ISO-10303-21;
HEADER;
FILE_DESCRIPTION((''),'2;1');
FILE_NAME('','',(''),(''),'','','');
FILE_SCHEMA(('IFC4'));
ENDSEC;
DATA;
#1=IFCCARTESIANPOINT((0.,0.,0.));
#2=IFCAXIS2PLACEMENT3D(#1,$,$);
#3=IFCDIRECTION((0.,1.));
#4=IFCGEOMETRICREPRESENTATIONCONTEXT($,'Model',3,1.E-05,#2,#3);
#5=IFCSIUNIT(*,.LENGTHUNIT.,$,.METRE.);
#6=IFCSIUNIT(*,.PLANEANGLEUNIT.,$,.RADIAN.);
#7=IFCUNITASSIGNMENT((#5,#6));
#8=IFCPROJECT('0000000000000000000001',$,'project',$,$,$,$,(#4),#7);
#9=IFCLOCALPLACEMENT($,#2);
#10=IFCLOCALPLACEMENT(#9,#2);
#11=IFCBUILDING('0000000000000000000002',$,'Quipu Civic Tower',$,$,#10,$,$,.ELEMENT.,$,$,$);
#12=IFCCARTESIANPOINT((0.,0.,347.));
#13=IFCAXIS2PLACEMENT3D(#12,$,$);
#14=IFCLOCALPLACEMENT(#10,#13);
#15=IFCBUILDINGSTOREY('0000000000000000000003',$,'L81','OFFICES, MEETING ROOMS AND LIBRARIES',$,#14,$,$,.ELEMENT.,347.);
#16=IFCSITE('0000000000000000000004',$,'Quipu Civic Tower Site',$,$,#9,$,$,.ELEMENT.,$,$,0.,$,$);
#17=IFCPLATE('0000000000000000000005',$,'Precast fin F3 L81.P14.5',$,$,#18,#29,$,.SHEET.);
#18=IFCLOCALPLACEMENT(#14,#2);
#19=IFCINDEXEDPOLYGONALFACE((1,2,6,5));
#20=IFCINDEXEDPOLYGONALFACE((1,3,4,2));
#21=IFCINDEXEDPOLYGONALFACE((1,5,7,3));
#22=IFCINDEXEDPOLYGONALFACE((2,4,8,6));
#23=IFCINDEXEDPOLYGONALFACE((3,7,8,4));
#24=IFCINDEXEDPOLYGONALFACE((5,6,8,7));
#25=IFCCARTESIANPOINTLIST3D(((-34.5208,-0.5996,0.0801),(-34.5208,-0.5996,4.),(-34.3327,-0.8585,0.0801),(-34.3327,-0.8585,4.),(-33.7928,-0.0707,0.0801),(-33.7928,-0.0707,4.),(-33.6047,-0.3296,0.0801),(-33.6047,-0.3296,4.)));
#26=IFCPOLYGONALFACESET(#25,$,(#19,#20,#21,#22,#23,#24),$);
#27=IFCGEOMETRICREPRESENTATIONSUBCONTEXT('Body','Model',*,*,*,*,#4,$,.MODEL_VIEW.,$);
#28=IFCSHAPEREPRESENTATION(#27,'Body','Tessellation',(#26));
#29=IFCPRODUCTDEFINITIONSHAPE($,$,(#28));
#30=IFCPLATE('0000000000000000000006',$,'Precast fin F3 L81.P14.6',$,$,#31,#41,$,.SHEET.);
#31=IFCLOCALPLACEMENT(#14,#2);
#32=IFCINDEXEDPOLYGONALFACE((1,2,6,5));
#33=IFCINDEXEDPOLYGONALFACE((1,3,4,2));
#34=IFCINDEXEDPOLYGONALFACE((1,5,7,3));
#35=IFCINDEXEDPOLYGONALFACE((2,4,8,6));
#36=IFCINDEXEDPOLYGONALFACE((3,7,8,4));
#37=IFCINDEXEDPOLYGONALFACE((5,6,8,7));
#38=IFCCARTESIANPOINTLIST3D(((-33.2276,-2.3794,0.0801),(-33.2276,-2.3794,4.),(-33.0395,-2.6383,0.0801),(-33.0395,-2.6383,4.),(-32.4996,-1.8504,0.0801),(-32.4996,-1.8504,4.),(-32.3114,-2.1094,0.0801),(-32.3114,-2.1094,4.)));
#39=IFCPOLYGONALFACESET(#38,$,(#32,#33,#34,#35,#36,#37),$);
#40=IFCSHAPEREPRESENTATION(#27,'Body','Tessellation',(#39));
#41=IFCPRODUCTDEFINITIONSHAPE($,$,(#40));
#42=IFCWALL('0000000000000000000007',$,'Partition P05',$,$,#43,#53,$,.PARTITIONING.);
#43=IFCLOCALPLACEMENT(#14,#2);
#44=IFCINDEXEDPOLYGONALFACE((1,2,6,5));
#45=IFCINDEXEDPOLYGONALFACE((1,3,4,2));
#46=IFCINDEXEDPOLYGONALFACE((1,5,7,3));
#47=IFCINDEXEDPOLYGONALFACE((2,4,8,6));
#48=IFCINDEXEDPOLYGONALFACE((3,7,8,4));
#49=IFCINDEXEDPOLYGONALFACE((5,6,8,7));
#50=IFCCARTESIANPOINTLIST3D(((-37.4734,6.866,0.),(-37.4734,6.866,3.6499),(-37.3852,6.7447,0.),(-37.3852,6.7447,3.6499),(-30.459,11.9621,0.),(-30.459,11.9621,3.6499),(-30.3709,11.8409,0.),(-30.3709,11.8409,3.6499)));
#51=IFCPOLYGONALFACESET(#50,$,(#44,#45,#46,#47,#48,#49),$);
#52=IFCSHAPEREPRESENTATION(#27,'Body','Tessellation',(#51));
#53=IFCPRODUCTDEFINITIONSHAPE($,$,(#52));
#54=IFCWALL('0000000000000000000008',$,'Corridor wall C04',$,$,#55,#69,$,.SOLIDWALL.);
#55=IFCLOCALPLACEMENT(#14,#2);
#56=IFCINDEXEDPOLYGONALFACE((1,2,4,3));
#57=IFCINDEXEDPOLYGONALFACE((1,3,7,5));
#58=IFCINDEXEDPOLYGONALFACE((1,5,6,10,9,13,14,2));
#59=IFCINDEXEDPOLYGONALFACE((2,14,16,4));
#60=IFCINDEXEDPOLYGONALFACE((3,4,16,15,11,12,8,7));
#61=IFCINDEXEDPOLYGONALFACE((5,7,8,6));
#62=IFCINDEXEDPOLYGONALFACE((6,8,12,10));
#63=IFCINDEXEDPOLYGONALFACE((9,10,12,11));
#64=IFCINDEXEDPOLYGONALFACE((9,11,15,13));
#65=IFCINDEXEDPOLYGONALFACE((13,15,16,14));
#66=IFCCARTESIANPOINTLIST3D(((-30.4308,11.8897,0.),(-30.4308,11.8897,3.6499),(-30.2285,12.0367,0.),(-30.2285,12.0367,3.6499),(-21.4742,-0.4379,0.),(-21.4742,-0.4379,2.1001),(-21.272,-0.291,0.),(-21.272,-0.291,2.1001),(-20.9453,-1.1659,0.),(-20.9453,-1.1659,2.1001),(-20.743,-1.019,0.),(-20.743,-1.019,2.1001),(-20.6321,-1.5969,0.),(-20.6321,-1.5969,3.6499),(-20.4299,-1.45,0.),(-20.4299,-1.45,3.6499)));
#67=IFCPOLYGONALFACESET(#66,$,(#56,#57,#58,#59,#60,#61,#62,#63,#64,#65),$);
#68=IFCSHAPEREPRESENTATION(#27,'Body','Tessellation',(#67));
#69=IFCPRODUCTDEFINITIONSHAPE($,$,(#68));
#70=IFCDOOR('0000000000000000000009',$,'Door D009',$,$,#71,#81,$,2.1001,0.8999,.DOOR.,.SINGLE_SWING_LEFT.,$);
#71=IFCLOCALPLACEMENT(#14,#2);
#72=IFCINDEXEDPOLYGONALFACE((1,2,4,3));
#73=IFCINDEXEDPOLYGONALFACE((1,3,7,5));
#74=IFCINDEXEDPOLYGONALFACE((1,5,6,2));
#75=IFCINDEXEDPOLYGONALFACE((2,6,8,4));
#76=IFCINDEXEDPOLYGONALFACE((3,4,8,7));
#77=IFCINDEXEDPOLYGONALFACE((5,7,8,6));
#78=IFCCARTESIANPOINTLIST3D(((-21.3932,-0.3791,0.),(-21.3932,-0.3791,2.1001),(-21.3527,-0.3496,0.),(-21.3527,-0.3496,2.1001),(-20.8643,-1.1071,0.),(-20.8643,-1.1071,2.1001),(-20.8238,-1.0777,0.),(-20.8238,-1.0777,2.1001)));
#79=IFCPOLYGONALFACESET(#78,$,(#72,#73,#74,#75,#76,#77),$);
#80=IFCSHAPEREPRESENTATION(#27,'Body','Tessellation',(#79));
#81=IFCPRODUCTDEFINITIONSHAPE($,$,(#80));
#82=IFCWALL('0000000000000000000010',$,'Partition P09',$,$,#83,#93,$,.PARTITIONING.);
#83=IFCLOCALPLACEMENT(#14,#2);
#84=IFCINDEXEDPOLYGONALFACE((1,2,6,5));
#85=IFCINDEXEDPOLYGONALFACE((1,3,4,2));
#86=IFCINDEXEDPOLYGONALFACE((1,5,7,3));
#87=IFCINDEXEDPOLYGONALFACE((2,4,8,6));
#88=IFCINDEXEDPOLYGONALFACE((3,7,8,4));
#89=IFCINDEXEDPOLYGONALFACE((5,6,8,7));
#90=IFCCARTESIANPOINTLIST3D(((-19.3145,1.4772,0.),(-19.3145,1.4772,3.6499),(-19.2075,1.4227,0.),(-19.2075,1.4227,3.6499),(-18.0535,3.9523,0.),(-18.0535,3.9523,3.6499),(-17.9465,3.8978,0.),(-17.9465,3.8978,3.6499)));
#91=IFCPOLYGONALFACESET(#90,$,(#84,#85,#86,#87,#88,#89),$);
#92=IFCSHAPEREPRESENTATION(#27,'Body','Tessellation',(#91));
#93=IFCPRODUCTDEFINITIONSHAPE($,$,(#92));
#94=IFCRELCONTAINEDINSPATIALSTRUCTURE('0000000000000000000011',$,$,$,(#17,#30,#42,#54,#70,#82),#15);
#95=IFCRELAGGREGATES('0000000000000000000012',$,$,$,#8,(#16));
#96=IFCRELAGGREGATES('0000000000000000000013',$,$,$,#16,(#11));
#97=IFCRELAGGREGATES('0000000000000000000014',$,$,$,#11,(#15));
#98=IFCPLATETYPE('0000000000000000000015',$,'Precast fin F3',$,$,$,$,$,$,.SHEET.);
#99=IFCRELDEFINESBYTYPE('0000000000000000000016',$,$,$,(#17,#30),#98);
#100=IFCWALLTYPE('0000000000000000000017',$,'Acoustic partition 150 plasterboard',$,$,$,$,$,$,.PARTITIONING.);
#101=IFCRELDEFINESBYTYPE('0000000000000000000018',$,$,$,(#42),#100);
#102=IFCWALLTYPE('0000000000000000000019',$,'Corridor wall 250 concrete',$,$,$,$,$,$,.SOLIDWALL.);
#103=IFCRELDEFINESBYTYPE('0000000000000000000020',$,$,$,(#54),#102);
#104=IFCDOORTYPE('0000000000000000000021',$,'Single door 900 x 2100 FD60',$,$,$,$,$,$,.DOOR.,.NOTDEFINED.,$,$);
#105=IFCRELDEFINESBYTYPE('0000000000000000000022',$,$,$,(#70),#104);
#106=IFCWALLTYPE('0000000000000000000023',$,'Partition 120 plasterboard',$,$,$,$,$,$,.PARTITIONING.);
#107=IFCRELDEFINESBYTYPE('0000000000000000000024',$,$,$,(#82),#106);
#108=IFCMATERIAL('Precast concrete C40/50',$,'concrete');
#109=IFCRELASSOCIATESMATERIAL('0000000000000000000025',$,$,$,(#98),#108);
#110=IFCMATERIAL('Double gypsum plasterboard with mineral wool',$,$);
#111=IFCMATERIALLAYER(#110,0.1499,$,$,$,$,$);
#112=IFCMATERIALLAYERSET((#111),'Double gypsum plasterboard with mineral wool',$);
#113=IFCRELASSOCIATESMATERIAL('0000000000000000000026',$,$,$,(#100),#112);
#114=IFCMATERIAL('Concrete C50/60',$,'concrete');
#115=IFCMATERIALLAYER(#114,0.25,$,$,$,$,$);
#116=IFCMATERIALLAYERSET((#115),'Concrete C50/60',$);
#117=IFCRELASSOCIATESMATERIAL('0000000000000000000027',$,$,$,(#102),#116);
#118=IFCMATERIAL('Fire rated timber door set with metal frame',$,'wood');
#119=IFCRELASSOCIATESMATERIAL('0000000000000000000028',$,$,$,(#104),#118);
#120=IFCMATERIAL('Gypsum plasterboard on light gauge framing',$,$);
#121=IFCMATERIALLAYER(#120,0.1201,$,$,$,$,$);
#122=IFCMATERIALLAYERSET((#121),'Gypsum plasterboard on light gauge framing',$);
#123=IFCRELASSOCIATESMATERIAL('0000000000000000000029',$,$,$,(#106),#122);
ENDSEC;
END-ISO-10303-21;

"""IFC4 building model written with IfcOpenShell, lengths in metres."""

from ifc_helpers import new_model, si_unit, direction, frame, frame_2d, origin, origin_2d, place, context, subcontext, project, spatial, rectangle, extrude, material, layer, layer_set, type_object, element, fill, save


model = new_model("IFC4")

# Units and contexts
model_context = context("Model", 3, precision=1e-05, world=origin(), true_north=direction((0.0, 1.0)))
body_context = subcontext(model_context, "Body", "Model", "MODEL_VIEW")
ifc_project = project(units=[si_unit("LENGTHUNIT", "METRE"), si_unit("PLANEANGLEUNIT", "RADIAN")], contexts=[model_context])

# Site, building, storey
site_placement = place(None, origin())
site = spatial("IfcSite", under=ifc_project, at=site_placement, Name="Quipu Civic Tower Site", CompositionType="ELEMENT", RefElevation=0.0)
building_placement = place(site_placement, origin())
building = spatial("IfcBuilding", under=site, at=building_placement, Name="Quipu Civic Tower", CompositionType="ELEMENT")
storey_placement = place(building_placement, frame((0.0, 0.0, 347.0)))
storey = spatial("IfcBuildingStorey", under=building, at=storey_placement, Name="L81", Description="OFFICES, MEETING ROOMS AND LIBRARIES", CompositionType="ELEMENT", Elevation=347.0)

# Plates
ifc_material_1 = material(Name="Precast concrete C40/50", Category="concrete")
plate_type_1 = type_object("IfcPlateType", Name="Precast fin F3", PredefinedType="SHEET", material=ifc_material_1)
for number, where, z_axis, x_axis, name in (
    (1, (-34.0627, -0.4646, 0.0801), (0.0, 0.0, 1.0), (0.587787, -0.809016, 0.0), "Precast fin F3 L81.P14.5"),
    (2, (-32.7695, -2.2444, 0.0801), (0.0, 0.0, 1.0), (0.587787, -0.809016, 0.0), "Precast fin F3 L81.P14.6"),
):
    element("IfcPlate", number, at=place(storey_placement, frame(where, z_axis=z_axis, x_axis=x_axis)), inside=storey, type_object=plate_type_1, Name=name, PredefinedType="SHEET", context=body_context, shape_type="SweptSolid", body=[
        extrude(rectangle(XDim=0.3201, YDim=0.8999, at=origin_2d()), origin(), (0.0, 0.0, 1.0), 3.9199),
    ])

# Wall
ifc_material_2 = material(Name="Double gypsum plasterboard with mineral wool")
ifc_layer_1 = layer(ifc_material_2, 0.1499)
ifc_layer_set_1 = layer_set([ifc_layer_1], Name="Double gypsum plasterboard with mineral wool")
wall_type_1 = type_object("IfcWallType", Name="Acoustic partition 150 plasterboard", PredefinedType="PARTITIONING", material=ifc_layer_set_1)
wall_1_placement = place(storey_placement, frame((-37.4292, 6.8054, 0.0), z_axis=(0.0, 0.0, 1.0), x_axis=(0.809021, 0.58778, 0.0)))
element("IfcWall", 3, at=wall_1_placement, inside=storey, type_object=wall_type_1, Name="Partition P05", PredefinedType="PARTITIONING", context=body_context, shape_type="SweptSolid", body=[
    extrude(rectangle(XDim=8.6702, YDim=0.1499, at=frame_2d((4.335, 0.0))), origin(), (0.0, 0.0, 1.0), 3.6499),
])

# Wall, opening, door
ifc_material_3 = material(Name="Concrete C50/60", Category="concrete")
ifc_layer_2 = layer(ifc_material_3, 0.25)
ifc_layer_set_2 = layer_set([ifc_layer_2], Name="Concrete C50/60")
wall_type_2 = type_object("IfcWallType", Name="Corridor wall 250 concrete", PredefinedType="SOLIDWALL", material=ifc_layer_set_2)
wall_2_placement = place(storey_placement, frame((-20.531, -1.5234, 0.0), z_axis=(0.0, 0.0, 1.0), x_axis=(-0.587786, 0.809017, 0.0)))
wall_2 = element("IfcWall", 4, at=wall_2_placement, inside=storey, type_object=wall_type_2, Name="Corridor wall C04", PredefinedType="SOLIDWALL", context=body_context, shape_type="SweptSolid", body=[
    extrude(rectangle(XDim=16.6704, YDim=0.25, at=frame_2d((8.3352, 0.0))), origin(), (0.0, 0.0, 1.0), 3.6499),
])
opening_placement = place(wall_2_placement, frame((0.5327, 0.0, 0.0)))
opening = element("IfcOpeningElement", 5, at=opening_placement, cuts=wall_2, PredefinedType="OPENING", context=body_context, shape_type="SweptSolid", body=[
    extrude(rectangle(XDim=0.8999, YDim=2.1001, at=frame_2d((0.45, 1.05))), frame((0.0, 0.135, 0.0), z_axis=(0.0, -1.0, 0.0), x_axis=(1.0, 0.0, 0.0)), (0.0, 0.0, 1.0), 0.27),
])
ifc_material_4 = material(Name="Fire rated timber door set with metal frame", Category="wood")
door_type = type_object("IfcDoorType", Name="Single door 900 x 2100 FD60", OperationType="NOTDEFINED", PredefinedType="DOOR", material=ifc_material_4)
door_placement = place(opening_placement, origin())
door = element("IfcDoor", 6, at=door_placement, inside=storey, type_object=door_type, Name="Door D009", OperationType="SINGLE_SWING_LEFT", OverallHeight=2.1001, OverallWidth=0.8999, PredefinedType="DOOR", context=body_context, shape_type="SweptSolid", body=[
    extrude(rectangle(XDim=0.8999, YDim=2.1001, at=frame_2d((0.45, 1.05))), frame((0.0, 0.0249, 0.0), z_axis=(0.0, -1.0, 0.0), x_axis=(1.0, 0.0, 0.0)), (0.0, 0.0, 1.0), 0.05),
])
fill(opening, door)

# Wall
ifc_material_5 = material(Name="Gypsum plasterboard on light gauge framing")
ifc_layer_3 = layer(ifc_material_5, 0.1201)
ifc_layer_set_3 = layer_set([ifc_layer_3], Name="Gypsum plasterboard on light gauge framing")
wall_type_3 = type_object("IfcWallType", Name="Partition 120 plasterboard", PredefinedType="PARTITIONING", material=ifc_layer_set_3)
wall_3_placement = place(storey_placement, frame((-19.261, 1.45, 0.0), z_axis=(0.0, 0.0, 1.0), x_axis=(0.453951, 0.891027, 0.0)))
element("IfcWall", 7, at=wall_3_placement, inside=storey, type_object=wall_type_3, Name="Partition P09", PredefinedType="PARTITIONING", context=body_context, shape_type="SweptSolid", body=[
    extrude(rectangle(XDim=2.7778, YDim=0.1201, at=frame_2d((1.3889, 0.0))), origin(), (0.0, 0.0, 1.0), 3.6499),
])

save(model, "model.ifc")
